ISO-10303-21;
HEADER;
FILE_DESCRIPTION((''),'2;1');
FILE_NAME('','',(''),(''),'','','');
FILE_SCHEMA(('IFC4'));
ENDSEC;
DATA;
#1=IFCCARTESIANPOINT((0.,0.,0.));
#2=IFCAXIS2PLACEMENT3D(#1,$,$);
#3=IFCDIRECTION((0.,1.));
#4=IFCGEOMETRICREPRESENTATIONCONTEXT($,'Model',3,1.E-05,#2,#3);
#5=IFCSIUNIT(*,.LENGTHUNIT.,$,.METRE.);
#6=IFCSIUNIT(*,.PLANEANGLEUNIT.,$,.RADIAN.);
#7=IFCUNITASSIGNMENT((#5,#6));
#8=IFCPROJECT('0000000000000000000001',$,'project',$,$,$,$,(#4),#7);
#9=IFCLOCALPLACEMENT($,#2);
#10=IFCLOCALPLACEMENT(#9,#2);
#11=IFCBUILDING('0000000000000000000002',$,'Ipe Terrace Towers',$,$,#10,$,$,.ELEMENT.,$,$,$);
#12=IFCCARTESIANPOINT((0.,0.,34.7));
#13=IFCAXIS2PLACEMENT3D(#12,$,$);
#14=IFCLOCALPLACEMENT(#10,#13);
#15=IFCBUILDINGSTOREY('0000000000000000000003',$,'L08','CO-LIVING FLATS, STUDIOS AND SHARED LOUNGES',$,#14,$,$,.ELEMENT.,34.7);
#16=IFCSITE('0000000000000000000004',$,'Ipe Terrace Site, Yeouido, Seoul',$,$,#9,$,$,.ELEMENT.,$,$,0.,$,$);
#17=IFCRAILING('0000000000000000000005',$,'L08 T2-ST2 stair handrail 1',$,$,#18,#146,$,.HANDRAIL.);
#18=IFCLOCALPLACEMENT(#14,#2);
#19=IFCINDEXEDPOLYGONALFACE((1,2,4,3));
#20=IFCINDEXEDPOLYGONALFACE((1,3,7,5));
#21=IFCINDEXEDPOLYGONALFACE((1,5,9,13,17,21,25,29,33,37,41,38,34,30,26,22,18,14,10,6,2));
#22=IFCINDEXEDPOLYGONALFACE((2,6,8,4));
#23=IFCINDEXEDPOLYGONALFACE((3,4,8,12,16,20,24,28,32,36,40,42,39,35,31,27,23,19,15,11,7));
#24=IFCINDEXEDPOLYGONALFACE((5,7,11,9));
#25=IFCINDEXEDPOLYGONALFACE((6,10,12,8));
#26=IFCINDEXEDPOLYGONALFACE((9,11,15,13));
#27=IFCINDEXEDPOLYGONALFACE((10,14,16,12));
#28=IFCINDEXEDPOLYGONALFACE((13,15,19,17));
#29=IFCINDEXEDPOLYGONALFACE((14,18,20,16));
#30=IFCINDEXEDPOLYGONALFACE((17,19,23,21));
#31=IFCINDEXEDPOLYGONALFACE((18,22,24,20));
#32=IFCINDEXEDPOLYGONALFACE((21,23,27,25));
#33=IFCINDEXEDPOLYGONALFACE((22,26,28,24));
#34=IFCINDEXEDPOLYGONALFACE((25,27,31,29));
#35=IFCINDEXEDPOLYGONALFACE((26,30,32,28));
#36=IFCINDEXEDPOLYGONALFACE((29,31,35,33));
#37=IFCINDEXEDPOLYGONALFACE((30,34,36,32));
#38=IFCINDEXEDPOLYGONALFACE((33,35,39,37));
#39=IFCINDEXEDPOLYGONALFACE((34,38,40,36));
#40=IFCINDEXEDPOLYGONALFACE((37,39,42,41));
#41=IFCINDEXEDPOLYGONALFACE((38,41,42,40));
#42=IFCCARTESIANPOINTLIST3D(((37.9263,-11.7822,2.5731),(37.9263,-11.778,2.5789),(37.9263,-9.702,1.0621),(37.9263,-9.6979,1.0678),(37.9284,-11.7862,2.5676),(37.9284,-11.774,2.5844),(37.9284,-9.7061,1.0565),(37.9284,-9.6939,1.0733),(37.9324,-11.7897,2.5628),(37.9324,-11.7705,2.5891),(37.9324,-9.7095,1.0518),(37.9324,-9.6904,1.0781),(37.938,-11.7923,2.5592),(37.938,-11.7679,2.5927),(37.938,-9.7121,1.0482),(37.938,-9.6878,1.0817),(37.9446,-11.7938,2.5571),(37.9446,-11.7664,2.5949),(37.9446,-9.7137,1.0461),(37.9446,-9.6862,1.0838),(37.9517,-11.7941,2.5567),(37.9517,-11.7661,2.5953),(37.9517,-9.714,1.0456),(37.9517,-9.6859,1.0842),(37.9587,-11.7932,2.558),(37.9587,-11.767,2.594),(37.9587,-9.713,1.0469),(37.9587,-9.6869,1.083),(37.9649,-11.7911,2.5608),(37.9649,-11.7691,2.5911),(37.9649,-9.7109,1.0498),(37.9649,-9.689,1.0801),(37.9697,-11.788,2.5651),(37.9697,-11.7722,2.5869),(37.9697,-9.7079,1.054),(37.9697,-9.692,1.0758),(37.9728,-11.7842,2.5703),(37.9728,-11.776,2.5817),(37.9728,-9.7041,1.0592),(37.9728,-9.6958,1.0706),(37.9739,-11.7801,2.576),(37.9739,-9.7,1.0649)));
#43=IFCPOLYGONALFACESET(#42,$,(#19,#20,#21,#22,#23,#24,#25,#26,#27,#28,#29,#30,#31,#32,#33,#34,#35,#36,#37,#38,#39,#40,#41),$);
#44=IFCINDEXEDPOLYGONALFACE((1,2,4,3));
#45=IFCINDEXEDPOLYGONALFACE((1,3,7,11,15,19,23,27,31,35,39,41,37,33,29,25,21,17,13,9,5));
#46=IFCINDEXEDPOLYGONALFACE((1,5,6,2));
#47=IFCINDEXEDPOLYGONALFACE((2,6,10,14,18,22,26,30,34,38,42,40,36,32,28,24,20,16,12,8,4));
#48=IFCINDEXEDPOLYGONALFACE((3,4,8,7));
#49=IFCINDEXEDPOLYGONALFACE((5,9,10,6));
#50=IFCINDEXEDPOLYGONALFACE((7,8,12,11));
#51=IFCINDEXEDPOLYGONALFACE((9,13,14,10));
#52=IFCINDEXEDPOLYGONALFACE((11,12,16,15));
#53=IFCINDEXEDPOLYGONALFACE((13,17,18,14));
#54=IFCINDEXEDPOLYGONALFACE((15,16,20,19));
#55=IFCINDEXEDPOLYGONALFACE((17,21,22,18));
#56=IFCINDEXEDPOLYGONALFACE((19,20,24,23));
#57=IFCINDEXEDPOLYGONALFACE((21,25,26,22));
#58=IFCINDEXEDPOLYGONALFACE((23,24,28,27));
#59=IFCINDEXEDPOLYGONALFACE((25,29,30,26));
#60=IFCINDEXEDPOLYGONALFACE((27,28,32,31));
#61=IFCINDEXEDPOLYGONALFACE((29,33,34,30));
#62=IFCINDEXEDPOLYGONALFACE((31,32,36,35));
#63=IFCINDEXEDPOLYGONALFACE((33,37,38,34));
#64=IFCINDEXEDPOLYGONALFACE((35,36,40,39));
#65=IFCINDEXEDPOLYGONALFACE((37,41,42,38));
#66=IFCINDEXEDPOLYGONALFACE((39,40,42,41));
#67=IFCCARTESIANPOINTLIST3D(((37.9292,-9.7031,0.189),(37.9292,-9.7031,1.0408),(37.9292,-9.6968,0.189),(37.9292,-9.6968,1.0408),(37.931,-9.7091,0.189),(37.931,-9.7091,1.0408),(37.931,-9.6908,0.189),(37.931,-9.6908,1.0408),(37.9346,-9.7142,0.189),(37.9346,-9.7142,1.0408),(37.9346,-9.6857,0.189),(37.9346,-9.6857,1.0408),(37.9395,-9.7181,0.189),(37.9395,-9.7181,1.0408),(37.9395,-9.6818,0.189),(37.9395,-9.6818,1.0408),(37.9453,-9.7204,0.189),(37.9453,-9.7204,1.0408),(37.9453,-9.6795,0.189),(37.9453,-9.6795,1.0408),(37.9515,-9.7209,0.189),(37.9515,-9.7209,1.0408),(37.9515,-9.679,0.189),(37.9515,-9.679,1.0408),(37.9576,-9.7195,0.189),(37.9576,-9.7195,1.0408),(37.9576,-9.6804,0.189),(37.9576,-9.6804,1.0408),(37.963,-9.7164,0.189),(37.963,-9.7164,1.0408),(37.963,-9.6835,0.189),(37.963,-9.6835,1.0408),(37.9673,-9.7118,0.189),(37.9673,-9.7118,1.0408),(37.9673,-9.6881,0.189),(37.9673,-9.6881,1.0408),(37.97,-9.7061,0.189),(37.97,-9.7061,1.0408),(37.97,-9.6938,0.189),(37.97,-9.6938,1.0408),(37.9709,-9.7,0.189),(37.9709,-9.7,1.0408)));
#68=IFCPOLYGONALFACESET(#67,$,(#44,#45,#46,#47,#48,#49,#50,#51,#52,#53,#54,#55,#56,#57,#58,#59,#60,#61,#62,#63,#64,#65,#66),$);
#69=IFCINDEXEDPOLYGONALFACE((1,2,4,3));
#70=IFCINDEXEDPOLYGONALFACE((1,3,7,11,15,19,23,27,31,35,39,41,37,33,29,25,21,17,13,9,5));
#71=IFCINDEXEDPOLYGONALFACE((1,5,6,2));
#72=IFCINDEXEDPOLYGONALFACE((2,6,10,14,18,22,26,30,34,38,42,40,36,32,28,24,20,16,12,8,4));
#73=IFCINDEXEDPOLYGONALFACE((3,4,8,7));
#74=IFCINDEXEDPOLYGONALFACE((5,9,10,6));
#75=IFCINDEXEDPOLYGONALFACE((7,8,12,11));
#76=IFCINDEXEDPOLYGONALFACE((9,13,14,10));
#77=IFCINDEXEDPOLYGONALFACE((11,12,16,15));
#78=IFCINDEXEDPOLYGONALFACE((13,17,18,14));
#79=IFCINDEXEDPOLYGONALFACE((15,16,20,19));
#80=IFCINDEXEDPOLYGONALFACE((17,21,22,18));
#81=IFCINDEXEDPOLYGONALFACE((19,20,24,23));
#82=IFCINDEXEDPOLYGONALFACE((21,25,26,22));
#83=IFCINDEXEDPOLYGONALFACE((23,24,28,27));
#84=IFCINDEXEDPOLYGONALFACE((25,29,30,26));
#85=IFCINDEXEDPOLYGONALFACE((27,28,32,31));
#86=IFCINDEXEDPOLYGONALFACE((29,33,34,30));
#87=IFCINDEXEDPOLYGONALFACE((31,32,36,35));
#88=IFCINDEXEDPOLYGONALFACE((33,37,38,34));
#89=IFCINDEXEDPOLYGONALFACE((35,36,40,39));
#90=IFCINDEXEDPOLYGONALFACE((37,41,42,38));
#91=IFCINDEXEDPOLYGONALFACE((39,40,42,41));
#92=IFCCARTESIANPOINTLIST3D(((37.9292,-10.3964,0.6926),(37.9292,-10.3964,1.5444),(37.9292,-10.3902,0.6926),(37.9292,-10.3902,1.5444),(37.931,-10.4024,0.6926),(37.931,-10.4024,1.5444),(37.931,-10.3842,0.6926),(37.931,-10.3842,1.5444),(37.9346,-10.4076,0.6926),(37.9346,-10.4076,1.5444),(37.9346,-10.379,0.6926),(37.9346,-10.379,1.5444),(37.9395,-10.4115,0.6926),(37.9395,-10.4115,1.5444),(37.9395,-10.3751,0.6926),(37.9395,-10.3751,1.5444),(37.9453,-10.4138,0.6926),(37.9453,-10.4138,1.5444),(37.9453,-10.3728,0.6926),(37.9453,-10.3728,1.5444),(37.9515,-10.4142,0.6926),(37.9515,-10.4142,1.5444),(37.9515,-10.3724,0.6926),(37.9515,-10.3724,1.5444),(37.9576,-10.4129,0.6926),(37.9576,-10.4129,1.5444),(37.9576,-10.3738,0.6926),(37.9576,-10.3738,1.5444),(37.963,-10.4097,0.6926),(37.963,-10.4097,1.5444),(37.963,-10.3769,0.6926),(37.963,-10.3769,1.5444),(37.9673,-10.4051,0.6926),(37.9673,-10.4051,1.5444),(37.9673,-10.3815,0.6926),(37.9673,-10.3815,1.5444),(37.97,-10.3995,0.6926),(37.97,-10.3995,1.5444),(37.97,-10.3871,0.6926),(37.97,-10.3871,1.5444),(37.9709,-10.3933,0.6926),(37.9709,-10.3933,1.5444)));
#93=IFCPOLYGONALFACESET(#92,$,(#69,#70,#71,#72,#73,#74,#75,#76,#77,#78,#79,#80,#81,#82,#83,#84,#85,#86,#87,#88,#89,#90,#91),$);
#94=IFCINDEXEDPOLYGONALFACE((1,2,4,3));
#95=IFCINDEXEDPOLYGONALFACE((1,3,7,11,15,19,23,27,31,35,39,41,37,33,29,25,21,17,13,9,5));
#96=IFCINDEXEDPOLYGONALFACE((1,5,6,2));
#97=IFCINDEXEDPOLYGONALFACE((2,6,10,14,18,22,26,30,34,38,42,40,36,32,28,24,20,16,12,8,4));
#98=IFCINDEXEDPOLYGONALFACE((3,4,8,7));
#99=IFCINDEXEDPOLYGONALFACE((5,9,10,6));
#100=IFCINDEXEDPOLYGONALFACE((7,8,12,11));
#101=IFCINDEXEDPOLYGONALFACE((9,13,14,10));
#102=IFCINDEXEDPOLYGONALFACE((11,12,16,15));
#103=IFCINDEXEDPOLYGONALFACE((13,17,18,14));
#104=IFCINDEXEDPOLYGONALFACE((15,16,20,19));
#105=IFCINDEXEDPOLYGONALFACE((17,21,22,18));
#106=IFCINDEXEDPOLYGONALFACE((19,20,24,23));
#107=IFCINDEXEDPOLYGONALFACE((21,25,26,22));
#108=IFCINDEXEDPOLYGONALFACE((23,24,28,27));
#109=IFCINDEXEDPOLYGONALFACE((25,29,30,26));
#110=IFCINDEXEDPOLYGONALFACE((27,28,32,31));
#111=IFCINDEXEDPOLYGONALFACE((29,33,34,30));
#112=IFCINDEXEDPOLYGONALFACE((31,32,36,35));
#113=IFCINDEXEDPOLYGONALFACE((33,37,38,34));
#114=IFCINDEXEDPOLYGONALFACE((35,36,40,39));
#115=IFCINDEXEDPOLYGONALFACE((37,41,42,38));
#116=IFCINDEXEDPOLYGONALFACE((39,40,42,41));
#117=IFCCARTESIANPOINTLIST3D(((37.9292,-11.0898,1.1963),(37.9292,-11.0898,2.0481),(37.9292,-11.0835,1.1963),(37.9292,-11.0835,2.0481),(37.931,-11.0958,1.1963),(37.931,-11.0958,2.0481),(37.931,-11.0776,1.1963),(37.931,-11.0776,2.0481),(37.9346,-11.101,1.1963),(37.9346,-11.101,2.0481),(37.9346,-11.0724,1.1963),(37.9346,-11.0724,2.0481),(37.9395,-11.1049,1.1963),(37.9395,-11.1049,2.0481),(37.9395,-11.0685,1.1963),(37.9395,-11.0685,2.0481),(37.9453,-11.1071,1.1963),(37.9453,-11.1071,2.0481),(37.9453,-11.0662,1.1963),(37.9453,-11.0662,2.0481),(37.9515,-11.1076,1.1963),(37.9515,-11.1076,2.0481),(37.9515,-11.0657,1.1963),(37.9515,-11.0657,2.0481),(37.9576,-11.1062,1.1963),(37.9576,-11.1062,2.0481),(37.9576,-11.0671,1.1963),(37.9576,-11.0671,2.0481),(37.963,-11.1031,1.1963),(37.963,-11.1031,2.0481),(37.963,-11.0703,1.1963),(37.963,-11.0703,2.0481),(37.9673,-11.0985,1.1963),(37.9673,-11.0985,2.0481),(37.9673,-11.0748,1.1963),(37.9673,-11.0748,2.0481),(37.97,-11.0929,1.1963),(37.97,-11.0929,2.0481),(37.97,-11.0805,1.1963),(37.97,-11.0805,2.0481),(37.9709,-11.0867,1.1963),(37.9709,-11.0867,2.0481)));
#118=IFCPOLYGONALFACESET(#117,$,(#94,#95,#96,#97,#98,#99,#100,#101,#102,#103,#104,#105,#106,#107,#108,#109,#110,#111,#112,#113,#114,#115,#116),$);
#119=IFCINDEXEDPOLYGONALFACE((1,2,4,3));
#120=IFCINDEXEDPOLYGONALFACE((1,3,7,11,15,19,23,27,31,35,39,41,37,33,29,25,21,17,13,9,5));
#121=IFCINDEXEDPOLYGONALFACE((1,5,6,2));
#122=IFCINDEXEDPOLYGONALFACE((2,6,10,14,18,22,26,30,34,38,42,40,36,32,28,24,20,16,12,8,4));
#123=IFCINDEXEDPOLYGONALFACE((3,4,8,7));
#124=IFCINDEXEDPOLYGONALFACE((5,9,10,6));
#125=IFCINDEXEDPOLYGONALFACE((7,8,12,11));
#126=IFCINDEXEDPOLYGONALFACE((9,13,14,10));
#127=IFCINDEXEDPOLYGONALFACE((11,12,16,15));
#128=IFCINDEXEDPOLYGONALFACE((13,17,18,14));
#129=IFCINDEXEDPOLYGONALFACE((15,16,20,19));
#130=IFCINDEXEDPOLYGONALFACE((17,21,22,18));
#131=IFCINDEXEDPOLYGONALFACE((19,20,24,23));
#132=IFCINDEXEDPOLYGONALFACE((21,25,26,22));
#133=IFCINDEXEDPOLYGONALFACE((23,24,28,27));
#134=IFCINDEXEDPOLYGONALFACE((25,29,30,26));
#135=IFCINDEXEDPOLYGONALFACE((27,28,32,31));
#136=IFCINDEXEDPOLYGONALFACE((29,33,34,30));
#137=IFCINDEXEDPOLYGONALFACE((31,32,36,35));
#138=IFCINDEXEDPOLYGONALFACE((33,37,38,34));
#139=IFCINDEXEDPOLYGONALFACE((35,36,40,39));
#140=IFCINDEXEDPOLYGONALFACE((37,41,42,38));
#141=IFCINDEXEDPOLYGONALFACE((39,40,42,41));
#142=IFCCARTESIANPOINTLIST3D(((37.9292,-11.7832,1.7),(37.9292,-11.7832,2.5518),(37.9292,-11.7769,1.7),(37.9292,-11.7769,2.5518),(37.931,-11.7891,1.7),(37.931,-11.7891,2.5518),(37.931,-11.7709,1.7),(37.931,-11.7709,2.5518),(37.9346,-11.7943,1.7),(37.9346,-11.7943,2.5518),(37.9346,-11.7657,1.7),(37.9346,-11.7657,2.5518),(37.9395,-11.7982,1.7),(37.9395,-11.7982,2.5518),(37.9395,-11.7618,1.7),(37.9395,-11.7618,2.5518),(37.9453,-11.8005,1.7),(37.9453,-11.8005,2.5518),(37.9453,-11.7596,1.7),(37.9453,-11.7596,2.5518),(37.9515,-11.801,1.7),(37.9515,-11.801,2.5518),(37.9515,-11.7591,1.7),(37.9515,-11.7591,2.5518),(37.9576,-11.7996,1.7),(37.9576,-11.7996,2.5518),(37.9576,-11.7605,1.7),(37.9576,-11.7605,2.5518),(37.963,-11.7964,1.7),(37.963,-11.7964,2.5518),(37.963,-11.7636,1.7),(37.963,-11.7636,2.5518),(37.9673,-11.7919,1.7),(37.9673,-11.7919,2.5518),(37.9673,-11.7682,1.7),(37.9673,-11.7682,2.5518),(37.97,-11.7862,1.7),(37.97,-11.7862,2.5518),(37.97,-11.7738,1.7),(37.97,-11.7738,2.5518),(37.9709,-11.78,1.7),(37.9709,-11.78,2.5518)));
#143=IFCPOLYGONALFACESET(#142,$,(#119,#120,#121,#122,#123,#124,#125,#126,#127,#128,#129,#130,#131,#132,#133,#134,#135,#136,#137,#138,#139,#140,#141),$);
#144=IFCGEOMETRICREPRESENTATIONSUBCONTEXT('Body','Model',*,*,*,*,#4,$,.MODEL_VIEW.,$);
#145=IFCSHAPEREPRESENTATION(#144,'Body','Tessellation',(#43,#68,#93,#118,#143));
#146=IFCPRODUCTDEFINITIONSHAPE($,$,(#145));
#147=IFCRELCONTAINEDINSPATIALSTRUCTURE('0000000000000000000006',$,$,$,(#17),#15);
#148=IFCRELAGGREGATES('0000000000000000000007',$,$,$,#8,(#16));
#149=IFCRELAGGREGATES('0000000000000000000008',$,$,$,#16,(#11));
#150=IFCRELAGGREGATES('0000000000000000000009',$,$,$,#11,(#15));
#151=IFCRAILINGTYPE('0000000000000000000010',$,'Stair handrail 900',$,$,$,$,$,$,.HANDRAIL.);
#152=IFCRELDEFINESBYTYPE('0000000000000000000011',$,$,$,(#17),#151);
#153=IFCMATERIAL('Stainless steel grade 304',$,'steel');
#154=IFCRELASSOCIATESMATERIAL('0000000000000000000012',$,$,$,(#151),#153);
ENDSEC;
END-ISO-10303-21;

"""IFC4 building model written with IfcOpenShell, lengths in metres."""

from ifc_helpers import new_model, si_unit, direction, frame, origin, origin_2d, place, context, subcontext, project, spatial, circle, extrude, material, type_object, element, save


model = new_model("IFC4")

# Units and contexts
model_context = context("Model", 3, precision=1e-05, world=origin(), true_north=direction((0.0, 1.0)))
body_context = subcontext(model_context, "Body", "Model", "MODEL_VIEW")
ifc_project = project(units=[si_unit("LENGTHUNIT", "METRE"), si_unit("PLANEANGLEUNIT", "RADIAN")], contexts=[model_context])

# Site, building, storey
site_placement = place(None, origin())
site = spatial("IfcSite", under=ifc_project, at=site_placement, Name="Ipe Terrace Site, Yeouido, Seoul", CompositionType="ELEMENT", RefElevation=0.0)
building_placement = place(site_placement, origin())
building = spatial("IfcBuilding", under=site, at=building_placement, Name="Ipe Terrace Towers", CompositionType="ELEMENT")
storey_placement = place(building_placement, frame((0.0, 0.0, 34.7)))
storey = spatial("IfcBuildingStorey", under=building, at=storey_placement, Name="L08", Description="CO-LIVING FLATS, STUDIOS AND SHARED LOUNGES", CompositionType="ELEMENT", Elevation=34.7)

# Railing
ifc_material_1 = material(Name="Stainless steel grade 304", Category="steel")
railing_type_1 = type_object("IfcRailingType", Name="Stair handrail 900", PredefinedType="HANDRAIL", material=ifc_material_1)
railing_1_placement = place(storey_placement, frame((37.95, -9.7, 0.189)))
element("IfcRailing", 1, at=railing_1_placement, inside=storey, type_object=railing_type_1, Name="L08 T2-ST2 stair handrail 1", PredefinedType="HANDRAIL", context=body_context, shape_type="SweptSolid", body=[
    extrude(circle(Radius=0.0239, at=origin_2d()), frame((0.0, 0.0, 0.876), z_axis=(0.0, -0.809069, 0.587714), x_axis=(1.0, 0.0, 0.0)), (0.0, 0.0, 1.0), 2.571),
    extrude(circle(Radius=0.021, at=origin_2d()), origin(), (0.0, 0.0, 1.0), 0.8518),
    extrude(circle(Radius=0.021, at=origin_2d()), frame((0.0, -0.6934, 0.5037)), (0.0, 0.0, 1.0), 0.8518),
    extrude(circle(Radius=0.021, at=origin_2d()), frame((0.0, -1.3867, 1.0073)), (0.0, 0.0, 1.0), 0.8518),
    extrude(circle(Radius=0.021, at=origin_2d()), frame((0.0, -2.0801, 1.511)), (0.0, 0.0, 1.0), 0.8518),
])

save(model, "model.ifc")
